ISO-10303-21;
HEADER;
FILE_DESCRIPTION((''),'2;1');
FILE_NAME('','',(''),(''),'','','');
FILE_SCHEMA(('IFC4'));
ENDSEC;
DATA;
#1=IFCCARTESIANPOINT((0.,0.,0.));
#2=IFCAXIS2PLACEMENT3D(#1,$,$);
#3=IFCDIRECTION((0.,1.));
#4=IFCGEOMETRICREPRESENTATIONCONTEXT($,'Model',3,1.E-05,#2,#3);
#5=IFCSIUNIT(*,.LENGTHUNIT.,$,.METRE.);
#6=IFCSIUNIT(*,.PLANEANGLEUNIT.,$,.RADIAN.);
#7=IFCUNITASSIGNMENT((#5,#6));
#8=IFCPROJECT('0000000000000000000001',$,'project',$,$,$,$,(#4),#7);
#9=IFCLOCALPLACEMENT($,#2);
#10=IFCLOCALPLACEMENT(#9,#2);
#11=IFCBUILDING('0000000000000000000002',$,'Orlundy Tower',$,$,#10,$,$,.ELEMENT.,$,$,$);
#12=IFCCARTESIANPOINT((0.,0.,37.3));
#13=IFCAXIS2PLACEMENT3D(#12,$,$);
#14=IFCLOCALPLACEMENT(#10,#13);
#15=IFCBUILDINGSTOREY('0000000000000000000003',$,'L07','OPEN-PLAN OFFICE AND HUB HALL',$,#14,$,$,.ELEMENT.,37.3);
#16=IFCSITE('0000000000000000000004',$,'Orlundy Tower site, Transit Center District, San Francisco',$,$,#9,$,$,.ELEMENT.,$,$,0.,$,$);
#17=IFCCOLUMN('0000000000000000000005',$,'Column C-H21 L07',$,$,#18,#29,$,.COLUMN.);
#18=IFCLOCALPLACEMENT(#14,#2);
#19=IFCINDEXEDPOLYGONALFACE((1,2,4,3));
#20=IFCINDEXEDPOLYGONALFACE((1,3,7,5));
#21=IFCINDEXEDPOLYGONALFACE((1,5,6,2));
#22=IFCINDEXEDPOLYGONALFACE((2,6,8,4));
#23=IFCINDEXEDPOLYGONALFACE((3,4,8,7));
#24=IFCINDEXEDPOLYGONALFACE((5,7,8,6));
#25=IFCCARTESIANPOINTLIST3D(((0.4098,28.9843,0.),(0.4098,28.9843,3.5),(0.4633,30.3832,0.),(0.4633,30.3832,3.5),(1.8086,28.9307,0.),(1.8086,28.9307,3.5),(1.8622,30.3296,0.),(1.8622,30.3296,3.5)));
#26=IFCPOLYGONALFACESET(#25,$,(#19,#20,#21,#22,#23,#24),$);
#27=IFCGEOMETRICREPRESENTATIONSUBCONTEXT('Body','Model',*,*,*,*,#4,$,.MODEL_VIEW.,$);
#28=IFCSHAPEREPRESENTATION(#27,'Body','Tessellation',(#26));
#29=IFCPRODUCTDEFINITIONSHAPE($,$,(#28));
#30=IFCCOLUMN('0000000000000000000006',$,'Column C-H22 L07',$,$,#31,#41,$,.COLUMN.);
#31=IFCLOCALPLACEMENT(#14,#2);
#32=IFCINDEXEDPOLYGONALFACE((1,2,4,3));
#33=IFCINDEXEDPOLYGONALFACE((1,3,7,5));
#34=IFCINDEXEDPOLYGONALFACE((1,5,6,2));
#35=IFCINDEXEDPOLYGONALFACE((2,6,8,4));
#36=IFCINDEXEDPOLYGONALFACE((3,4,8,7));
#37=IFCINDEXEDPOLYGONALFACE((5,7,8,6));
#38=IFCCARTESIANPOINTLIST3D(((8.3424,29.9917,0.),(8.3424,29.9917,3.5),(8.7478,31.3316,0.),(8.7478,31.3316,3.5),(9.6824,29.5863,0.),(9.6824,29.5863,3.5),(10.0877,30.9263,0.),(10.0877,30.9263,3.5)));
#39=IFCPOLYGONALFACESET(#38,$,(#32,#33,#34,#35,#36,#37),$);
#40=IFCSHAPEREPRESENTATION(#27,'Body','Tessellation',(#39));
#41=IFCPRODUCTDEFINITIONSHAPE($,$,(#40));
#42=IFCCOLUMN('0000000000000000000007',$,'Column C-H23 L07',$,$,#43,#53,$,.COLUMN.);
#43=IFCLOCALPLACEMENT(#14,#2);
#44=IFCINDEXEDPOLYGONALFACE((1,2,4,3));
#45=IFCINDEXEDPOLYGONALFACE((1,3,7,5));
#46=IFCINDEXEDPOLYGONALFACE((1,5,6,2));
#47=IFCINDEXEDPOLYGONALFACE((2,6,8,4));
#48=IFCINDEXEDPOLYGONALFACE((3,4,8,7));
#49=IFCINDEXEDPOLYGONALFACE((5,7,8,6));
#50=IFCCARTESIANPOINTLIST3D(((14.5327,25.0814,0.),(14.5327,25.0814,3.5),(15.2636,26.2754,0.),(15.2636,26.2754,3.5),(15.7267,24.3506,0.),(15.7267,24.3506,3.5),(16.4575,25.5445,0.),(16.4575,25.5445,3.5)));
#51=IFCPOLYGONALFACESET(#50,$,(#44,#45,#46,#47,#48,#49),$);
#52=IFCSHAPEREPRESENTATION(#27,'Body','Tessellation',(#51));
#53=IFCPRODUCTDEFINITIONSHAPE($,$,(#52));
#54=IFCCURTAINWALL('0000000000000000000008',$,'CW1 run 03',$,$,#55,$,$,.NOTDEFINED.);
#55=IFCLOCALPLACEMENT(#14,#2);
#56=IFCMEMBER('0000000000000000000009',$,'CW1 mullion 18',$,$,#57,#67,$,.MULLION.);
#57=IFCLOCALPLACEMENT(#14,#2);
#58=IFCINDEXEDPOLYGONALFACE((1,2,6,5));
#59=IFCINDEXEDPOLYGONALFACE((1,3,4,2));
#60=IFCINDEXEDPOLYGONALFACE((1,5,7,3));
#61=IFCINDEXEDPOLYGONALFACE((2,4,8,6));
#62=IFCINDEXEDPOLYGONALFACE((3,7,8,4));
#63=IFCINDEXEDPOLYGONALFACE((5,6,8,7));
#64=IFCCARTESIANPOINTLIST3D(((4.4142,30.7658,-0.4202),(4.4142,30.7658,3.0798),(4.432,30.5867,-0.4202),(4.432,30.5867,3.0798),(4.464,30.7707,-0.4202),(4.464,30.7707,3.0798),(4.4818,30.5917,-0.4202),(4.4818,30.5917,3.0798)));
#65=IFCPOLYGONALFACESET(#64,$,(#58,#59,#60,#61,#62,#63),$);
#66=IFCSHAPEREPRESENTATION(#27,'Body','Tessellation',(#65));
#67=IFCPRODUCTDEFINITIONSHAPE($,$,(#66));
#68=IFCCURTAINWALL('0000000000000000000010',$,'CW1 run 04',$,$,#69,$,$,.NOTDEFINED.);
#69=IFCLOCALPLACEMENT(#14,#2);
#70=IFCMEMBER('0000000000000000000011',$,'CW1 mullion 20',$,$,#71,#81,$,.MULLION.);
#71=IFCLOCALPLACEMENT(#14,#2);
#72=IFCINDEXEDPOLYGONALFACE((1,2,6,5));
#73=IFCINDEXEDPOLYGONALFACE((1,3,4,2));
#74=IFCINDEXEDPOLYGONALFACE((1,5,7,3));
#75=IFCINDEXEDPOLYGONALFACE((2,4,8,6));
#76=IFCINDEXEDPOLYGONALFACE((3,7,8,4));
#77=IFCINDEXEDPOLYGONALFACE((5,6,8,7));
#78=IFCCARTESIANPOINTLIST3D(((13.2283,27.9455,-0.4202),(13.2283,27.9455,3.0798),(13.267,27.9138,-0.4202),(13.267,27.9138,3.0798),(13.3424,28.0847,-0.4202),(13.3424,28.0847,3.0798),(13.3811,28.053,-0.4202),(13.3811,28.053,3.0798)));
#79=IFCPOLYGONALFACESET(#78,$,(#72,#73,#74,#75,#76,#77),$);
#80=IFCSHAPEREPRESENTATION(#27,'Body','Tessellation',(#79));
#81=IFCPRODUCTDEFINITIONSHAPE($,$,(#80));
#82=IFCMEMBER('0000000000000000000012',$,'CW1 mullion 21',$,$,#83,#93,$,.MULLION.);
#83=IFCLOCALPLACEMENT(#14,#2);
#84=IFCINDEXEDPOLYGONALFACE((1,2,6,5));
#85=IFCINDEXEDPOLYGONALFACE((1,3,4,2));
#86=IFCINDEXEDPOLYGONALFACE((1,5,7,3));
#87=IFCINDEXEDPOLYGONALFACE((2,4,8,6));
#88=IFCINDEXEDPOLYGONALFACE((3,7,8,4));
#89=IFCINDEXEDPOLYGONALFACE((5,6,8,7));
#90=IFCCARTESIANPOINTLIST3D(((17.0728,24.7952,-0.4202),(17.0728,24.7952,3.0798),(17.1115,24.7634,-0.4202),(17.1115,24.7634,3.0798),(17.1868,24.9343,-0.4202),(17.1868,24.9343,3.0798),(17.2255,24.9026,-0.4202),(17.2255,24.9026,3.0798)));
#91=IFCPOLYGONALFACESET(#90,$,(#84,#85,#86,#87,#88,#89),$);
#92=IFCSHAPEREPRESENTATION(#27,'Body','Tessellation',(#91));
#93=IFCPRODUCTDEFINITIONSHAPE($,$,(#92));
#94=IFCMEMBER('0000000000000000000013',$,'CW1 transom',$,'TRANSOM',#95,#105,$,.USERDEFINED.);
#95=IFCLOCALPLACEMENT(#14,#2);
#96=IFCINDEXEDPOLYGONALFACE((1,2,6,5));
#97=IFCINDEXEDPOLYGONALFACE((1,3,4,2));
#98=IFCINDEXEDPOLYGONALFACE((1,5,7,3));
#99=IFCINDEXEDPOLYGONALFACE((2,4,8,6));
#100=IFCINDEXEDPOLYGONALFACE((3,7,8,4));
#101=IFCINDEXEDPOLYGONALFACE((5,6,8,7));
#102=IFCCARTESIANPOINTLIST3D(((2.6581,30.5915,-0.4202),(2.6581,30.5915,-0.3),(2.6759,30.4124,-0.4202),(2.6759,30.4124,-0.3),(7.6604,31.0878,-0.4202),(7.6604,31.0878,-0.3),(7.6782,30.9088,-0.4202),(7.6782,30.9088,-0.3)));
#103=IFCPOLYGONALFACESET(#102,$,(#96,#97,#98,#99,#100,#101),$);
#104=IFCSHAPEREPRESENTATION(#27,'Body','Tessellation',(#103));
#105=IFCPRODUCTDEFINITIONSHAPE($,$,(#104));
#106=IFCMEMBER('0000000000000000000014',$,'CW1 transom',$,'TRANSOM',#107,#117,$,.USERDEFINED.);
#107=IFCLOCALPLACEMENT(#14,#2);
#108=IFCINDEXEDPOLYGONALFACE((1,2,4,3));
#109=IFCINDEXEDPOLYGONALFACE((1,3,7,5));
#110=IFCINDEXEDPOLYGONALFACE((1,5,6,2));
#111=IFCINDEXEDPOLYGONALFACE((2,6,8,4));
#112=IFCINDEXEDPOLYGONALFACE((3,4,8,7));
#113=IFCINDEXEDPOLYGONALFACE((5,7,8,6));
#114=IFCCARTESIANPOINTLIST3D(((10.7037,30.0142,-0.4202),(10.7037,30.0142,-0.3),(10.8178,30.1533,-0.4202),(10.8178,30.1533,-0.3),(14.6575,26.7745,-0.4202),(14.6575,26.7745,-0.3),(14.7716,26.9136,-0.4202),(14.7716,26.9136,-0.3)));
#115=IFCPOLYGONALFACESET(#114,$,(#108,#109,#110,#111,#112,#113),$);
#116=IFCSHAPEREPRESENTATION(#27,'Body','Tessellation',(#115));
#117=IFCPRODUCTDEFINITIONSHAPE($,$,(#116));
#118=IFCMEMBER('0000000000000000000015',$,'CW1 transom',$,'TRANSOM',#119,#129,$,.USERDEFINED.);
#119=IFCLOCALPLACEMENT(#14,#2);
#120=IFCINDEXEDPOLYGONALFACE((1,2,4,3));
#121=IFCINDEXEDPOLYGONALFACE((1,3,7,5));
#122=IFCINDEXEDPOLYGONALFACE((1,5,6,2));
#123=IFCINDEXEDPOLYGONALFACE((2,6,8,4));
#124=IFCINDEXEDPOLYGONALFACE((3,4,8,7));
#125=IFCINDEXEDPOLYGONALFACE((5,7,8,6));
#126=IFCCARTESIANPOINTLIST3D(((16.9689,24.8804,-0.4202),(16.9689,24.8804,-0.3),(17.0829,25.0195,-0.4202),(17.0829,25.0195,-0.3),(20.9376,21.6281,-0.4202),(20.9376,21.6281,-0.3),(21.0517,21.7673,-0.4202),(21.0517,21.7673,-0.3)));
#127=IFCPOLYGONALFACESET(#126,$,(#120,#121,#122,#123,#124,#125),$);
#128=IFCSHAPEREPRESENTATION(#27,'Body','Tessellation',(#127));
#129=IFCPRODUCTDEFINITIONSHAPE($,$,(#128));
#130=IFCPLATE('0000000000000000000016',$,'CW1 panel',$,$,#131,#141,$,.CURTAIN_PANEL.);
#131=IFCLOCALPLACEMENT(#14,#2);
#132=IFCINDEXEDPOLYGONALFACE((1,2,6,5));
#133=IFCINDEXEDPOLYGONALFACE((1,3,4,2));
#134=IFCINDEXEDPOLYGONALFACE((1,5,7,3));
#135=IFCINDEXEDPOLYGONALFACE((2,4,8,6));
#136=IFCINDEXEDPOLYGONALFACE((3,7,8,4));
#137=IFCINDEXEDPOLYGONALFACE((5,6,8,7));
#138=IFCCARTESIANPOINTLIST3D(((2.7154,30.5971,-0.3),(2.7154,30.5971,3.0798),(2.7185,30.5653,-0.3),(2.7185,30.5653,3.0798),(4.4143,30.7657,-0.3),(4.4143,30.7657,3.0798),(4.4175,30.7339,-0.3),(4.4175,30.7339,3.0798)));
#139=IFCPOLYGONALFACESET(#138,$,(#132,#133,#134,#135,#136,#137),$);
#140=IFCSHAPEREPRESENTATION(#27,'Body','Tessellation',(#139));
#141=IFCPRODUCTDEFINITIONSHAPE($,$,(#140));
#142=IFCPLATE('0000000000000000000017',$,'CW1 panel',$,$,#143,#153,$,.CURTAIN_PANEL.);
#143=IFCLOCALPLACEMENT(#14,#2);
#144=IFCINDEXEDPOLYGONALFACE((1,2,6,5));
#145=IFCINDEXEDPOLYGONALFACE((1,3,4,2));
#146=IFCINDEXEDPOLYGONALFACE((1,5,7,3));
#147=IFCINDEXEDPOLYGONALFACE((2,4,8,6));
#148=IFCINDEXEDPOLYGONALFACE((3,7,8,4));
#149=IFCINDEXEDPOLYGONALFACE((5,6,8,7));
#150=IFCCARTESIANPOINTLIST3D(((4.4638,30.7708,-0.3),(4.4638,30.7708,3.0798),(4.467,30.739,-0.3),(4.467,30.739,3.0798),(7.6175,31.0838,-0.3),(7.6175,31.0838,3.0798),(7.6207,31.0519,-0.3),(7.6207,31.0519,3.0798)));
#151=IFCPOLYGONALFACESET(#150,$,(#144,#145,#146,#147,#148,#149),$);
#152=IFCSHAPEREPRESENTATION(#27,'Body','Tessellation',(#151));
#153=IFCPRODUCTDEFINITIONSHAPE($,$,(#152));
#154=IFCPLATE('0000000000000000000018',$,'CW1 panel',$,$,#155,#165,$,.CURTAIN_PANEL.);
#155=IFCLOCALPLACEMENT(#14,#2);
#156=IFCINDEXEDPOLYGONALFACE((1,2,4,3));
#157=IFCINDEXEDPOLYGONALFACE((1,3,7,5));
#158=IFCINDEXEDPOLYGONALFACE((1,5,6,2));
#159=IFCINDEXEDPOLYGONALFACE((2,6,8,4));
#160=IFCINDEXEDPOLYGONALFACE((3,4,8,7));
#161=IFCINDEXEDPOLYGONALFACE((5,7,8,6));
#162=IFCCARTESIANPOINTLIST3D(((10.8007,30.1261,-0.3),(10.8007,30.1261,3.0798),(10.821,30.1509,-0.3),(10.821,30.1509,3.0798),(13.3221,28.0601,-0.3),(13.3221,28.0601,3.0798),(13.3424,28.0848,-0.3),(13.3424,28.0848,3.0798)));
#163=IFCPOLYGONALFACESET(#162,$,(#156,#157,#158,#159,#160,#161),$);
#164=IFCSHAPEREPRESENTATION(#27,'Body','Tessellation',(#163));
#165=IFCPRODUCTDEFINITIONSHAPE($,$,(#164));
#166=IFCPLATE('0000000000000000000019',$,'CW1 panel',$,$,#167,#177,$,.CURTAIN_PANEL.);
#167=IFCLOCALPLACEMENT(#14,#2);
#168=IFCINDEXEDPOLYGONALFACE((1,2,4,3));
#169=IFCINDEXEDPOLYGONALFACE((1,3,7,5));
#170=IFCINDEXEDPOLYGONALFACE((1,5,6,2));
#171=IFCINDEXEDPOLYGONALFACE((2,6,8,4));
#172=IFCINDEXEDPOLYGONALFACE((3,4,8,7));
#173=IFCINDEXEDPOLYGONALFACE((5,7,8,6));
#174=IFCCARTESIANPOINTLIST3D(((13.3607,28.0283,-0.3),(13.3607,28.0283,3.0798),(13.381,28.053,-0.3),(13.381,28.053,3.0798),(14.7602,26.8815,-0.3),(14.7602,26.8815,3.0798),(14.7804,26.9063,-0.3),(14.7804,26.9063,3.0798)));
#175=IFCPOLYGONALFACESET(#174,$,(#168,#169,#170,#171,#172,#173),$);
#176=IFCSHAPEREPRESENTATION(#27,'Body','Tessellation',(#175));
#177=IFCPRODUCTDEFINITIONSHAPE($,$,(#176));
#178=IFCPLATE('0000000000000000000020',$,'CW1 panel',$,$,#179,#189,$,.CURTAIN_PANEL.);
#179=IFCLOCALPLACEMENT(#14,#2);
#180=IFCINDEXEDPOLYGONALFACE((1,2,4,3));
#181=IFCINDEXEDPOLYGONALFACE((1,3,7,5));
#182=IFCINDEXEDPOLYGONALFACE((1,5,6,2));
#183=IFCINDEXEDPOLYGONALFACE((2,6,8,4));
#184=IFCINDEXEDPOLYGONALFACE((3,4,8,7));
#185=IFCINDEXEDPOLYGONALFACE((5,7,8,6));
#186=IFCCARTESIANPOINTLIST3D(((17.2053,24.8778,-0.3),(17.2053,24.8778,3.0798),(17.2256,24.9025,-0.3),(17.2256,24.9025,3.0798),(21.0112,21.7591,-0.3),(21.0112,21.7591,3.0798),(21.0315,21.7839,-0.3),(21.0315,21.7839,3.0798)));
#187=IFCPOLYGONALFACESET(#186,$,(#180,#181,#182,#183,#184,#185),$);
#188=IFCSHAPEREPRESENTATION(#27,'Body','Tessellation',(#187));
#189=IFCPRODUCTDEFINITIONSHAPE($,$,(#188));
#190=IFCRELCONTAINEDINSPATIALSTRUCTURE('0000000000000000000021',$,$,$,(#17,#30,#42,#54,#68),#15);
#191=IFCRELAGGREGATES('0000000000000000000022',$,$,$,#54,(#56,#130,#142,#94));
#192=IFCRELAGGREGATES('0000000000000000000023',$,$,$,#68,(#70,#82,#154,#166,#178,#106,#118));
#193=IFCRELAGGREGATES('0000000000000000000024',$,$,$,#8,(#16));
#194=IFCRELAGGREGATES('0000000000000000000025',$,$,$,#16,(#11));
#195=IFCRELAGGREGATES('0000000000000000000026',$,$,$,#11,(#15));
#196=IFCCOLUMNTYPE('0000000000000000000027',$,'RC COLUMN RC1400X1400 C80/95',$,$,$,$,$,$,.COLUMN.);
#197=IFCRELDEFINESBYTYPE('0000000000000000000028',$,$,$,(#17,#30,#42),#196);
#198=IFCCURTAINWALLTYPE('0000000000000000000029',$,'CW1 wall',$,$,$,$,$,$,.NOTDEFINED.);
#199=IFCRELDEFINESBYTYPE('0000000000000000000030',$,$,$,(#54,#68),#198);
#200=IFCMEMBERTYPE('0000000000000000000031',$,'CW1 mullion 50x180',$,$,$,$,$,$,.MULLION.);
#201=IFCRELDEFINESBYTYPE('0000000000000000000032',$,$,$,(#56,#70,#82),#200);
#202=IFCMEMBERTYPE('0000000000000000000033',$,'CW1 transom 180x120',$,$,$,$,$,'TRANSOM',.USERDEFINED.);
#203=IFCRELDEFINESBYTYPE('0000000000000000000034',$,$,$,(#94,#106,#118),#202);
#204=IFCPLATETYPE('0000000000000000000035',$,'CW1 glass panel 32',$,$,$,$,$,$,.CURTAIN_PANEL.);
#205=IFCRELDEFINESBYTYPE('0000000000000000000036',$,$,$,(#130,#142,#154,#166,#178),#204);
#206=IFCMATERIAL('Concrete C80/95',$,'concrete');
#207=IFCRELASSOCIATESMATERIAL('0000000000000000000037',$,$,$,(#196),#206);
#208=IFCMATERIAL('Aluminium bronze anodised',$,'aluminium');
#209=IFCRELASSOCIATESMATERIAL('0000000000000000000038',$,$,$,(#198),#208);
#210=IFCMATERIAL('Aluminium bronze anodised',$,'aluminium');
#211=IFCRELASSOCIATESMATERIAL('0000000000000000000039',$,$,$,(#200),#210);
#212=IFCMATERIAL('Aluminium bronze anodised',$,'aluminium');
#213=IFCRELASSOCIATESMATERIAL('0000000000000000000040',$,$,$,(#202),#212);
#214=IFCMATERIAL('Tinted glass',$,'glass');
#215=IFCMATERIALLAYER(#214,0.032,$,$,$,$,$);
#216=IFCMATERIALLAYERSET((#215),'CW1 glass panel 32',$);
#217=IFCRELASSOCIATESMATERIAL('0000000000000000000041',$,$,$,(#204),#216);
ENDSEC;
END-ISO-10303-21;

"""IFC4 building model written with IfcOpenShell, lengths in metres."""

from ifc_helpers import new_model, si_unit, direction, frame, origin, origin_2d, place, context, subcontext, project, spatial, rectangle, extrude, material, layer, layer_set, material_profile, profile_set, type_object, element, aggregate, save


model = new_model("IFC4")

# Units and contexts
model_context = context("Model", 3, precision=1e-05, world=origin(), true_north=direction((0.0, 1.0)))
body_context = subcontext(model_context, "Body", "Model", "MODEL_VIEW")
ifc_project = project(units=[si_unit("LENGTHUNIT", "METRE"), si_unit("PLANEANGLEUNIT", "RADIAN")], contexts=[model_context])

# Site, building, storey
site_placement = place(None, origin())
site = spatial("IfcSite", under=ifc_project, at=site_placement, Name="Orlundy Tower site, Transit Center District, San Francisco", CompositionType="ELEMENT", RefElevation=0.0)
building_placement = place(site_placement, origin())
building = spatial("IfcBuilding", under=site, at=building_placement, Name="Orlundy Tower", CompositionType="ELEMENT")
storey_placement = place(building_placement, frame((0.0, 0.0, 37.3)))
storey = spatial("IfcBuildingStorey", under=building, at=storey_placement, Name="L07", Description="OPEN-PLAN OFFICE AND HUB HALL", CompositionType="ELEMENT", Elevation=37.3)

# Columns
ifc_material_1 = material(Name="Concrete C80/95", Category="concrete")
ifc_material_profile_1 = material_profile(ifc_material_1, rectangle(XDim=1.3999, YDim=1.3999, at=origin_2d()), Name="RC1400X1400")
ifc_profile_set_1 = profile_set([ifc_material_profile_1], Name="Concrete C80/95")
column_type = type_object("IfcColumnType", Name="RC COLUMN RC1400X1400 C80/95", PredefinedType="COLUMN", material=ifc_profile_set_1)
for number, where, z_axis, x_axis, name in (
    (1, (1.136, 29.657, 0.0), (0.0, 0.0, 1.0), (0.038283, 0.999267, 0.0), "Column C-H21 L07"),
    (2, (9.2151, 30.459, 0.0), (0.0, 0.0, 1.0), (0.289583, 0.957153, 0.0), "Column C-H22 L07"),
    (3, (15.4951, 25.313, 0.0), (0.0, 0.0, 1.0), (0.522082, 0.852895, 0.0), "Column C-H23 L07"),
):
    element("IfcColumn", number, at=place(storey_placement, frame(where, z_axis=z_axis, x_axis=x_axis)), inside=storey, type_object=column_type, Name=name, PredefinedType="COLUMN", context=body_context, shape_type="SweptSolid", body=[
        extrude(rectangle(XDim=1.3999, YDim=1.3999, at=origin_2d()), origin(), (0.0, 0.0, 1.0), 3.5),
    ])

# Curtain wall, member
ifc_material_2 = material(Name="Aluminium bronze anodised", Category="aluminium")
curtain_wall_type = type_object("IfcCurtainWallType", Name="CW1 wall", PredefinedType="NOTDEFINED", material=ifc_material_2)
curtain_wall_1_placement = place(storey_placement, origin())
curtain_wall_1 = element("IfcCurtainWall", 4, at=curtain_wall_1_placement, inside=storey, type_object=curtain_wall_type, Name="CW1 run 03", PredefinedType="NOTDEFINED")
ifc_material_3 = material(Name="Aluminium bronze anodised", Category="aluminium")
ifc_material_profile_2 = material_profile(ifc_material_3, rectangle(XDim=0.1799, YDim=0.05, at=origin_2d()), Name="CW1 mullion 50x180")
ifc_profile_set_2 = profile_set([ifc_material_profile_2], Name="Aluminium bronze anodised")
member_type_1 = type_object("IfcMemberType", Name="CW1 mullion 50x180", PredefinedType="MULLION", material=ifc_profile_set_2)
member_1_placement = place(storey_placement, frame((4.448, 30.6787, -0.4202), z_axis=(0.0, 0.0, 1.0), x_axis=(-0.098743, 0.995113, 0.0)))
member_1 = element("IfcMember", 5, at=member_1_placement, type_object=member_type_1, Name="CW1 mullion 18", PredefinedType="MULLION", context=body_context, shape_type="SweptSolid", body=[
    extrude(rectangle(XDim=0.1799, YDim=0.05, at=origin_2d()), origin(), (0.0, 0.0, 1.0), 3.5),
])

# Curtain wall, members
curtain_wall_2_placement = place(storey_placement, origin())
curtain_wall_2 = element("IfcCurtainWall", 6, at=curtain_wall_2_placement, inside=storey, type_object=curtain_wall_type, Name="CW1 run 04", PredefinedType="NOTDEFINED")
member_2_placement = place(storey_placement, frame((13.3047, 27.9993, -0.4202), z_axis=(0.0, 0.0, 1.0), x_axis=(0.633818, 0.773482, 0.0)))
member_2 = element("IfcMember", 7, at=member_2_placement, type_object=member_type_1, Name="CW1 mullion 20", PredefinedType="MULLION", context=body_context, shape_type="SweptSolid", body=[
    extrude(rectangle(XDim=0.1799, YDim=0.05, at=origin_2d()), origin(), (0.0, 0.0, 1.0), 3.5),
])
member_3_placement = place(storey_placement, frame((17.1492, 24.8489, -0.4202), z_axis=(0.0, 0.0, 1.0), x_axis=(0.633818, 0.773482, 0.0)))
member_3 = element("IfcMember", 8, at=member_3_placement, type_object=member_type_1, Name="CW1 mullion 21", PredefinedType="MULLION", context=body_context, shape_type="SweptSolid", body=[
    extrude(rectangle(XDim=0.1799, YDim=0.05, at=origin_2d()), origin(), (0.0, 0.0, 1.0), 3.5),
])

# Members
ifc_material_4 = material(Name="Aluminium bronze anodised", Category="aluminium")
ifc_material_profile_3 = material_profile(ifc_material_4, rectangle(XDim=0.1799, YDim=0.1201, at=origin_2d()), Name="CW1 transom 180x120")
ifc_profile_set_3 = profile_set([ifc_material_profile_3], Name="Aluminium bronze anodised")
member_type_2 = type_object("IfcMemberType", Name="CW1 transom 180x120", ElementType="TRANSOM", PredefinedType="USERDEFINED", material=ifc_profile_set_3)
member_4_placement = place(storey_placement, frame((2.667, 30.502, -0.3601), z_axis=(0.995113, 0.098739, 0.0), x_axis=(-0.098739, 0.995113, 0.0)))
member_4 = element("IfcMember", 9, at=member_4_placement, type_object=member_type_2, Name="CW1 transom", ObjectType="TRANSOM", PredefinedType="USERDEFINED", context=body_context, shape_type="SweptSolid", body=[
    extrude(rectangle(XDim=0.1799, YDim=0.1201, at=origin_2d()), origin(), (0.0, 0.0, 1.0), 5.0269),
])
member_5_placement = place(storey_placement, frame((10.7607, 30.0837, -0.3601), z_axis=(0.7735, -0.633797, 0.0), x_axis=(0.633797, 0.7735, 0.0)))
member_5 = element("IfcMember", 10, at=member_5_placement, type_object=member_type_2, Name="CW1 transom", ObjectType="TRANSOM", PredefinedType="USERDEFINED", context=body_context, shape_type="SweptSolid", body=[
    extrude(rectangle(XDim=0.1799, YDim=0.1201, at=origin_2d()), origin(), (0.0, 0.0, 1.0), 5.1116),
])
member_6_placement = place(storey_placement, frame((17.0259, 24.95, -0.3601), z_axis=(0.773476, -0.633826, 0.0), x_axis=(0.633826, 0.773476, 0.0)))
member_6 = element("IfcMember", 11, at=member_6_placement, type_object=member_type_2, Name="CW1 transom", ObjectType="TRANSOM", PredefinedType="USERDEFINED", context=body_context, shape_type="SweptSolid", body=[
    extrude(rectangle(XDim=0.1799, YDim=0.1201, at=origin_2d()), origin(), (0.0, 0.0, 1.0), 5.1311),
])

# Plates
ifc_material_5 = material(Name="Tinted glass", Category="glass")
ifc_layer = layer(ifc_material_5, 0.032)
ifc_layer_set = layer_set([ifc_layer], Name="CW1 glass panel 32")
plate_type = type_object("IfcPlateType", Name="CW1 glass panel 32", PredefinedType="CURTAIN_PANEL", material=ifc_layer_set)
plate_1_placement = place(storey_placement, frame((3.5664, 30.6655, -0.3), z_axis=(0.0, 0.0, 1.0), x_axis=(0.995113, 0.098743, 0.0)))
plate_1 = element("IfcPlate", 12, at=plate_1_placement, type_object=plate_type, Name="CW1 panel", PredefinedType="CURTAIN_PANEL", context=body_context, shape_type="SweptSolid", body=[
    extrude(rectangle(XDim=1.7073, YDim=0.032, at=origin_2d()), origin(), (0.0, 0.0, 1.0), 3.3799),
])
plate_2_placement = place(storey_placement, frame((6.0422, 30.9114, -0.3), z_axis=(0.0, 0.0, 1.0), x_axis=(0.995113, 0.098743, 0.0)))
plate_2 = element("IfcPlate", 13, at=plate_2_placement, type_object=plate_type, Name="CW1 panel", PredefinedType="CURTAIN_PANEL", context=body_context, shape_type="SweptSolid", body=[
    extrude(rectangle(XDim=3.1692, YDim=0.032, at=origin_2d()), origin(), (0.0, 0.0, 1.0), 3.3799),
])
aggregate(curtain_wall_1, [member_1, plate_1, plate_2, member_4])
plate_3_placement = place(storey_placement, frame((12.0715, 29.1055, -0.3), z_axis=(0.0, 0.0, 1.0), x_axis=(0.773482, -0.633818, 0.0)))
plate_3 = element("IfcPlate", 14, at=plate_3_placement, type_object=plate_type, Name="CW1 panel", PredefinedType="CURTAIN_PANEL", context=body_context, shape_type="SweptSolid", body=[
    extrude(rectangle(XDim=3.2598, YDim=0.032, at=origin_2d()), origin(), (0.0, 0.0, 1.0), 3.3799),
])
plate_4_placement = place(storey_placement, frame((14.0706, 27.4673, -0.3), z_axis=(0.0, 0.0, 1.0), x_axis=(0.773482, -0.633818, 0.0)))
plate_4 = element("IfcPlate", 15, at=plate_4_placement, type_object=plate_type, Name="CW1 panel", PredefinedType="CURTAIN_PANEL", context=body_context, shape_type="SweptSolid", body=[
    extrude(rectangle(XDim=1.8093, YDim=0.032, at=origin_2d()), origin(), (0.0, 0.0, 1.0), 3.3799),
])
plate_5_placement = place(storey_placement, frame((19.1184, 23.3308, -0.3), z_axis=(0.0, 0.0, 1.0), x_axis=(0.773482, -0.633818, 0.0)))
plate_5 = element("IfcPlate", 16, at=plate_5_placement, type_object=plate_type, Name="CW1 panel", PredefinedType="CURTAIN_PANEL", context=body_context, shape_type="SweptSolid", body=[
    extrude(rectangle(XDim=4.9204, YDim=0.032, at=origin_2d()), origin(), (0.0, 0.0, 1.0), 3.3799),
])
aggregate(curtain_wall_2, [member_2, member_3, plate_3, plate_4, plate_5, member_5, member_6])

save(model, "model.ifc")
